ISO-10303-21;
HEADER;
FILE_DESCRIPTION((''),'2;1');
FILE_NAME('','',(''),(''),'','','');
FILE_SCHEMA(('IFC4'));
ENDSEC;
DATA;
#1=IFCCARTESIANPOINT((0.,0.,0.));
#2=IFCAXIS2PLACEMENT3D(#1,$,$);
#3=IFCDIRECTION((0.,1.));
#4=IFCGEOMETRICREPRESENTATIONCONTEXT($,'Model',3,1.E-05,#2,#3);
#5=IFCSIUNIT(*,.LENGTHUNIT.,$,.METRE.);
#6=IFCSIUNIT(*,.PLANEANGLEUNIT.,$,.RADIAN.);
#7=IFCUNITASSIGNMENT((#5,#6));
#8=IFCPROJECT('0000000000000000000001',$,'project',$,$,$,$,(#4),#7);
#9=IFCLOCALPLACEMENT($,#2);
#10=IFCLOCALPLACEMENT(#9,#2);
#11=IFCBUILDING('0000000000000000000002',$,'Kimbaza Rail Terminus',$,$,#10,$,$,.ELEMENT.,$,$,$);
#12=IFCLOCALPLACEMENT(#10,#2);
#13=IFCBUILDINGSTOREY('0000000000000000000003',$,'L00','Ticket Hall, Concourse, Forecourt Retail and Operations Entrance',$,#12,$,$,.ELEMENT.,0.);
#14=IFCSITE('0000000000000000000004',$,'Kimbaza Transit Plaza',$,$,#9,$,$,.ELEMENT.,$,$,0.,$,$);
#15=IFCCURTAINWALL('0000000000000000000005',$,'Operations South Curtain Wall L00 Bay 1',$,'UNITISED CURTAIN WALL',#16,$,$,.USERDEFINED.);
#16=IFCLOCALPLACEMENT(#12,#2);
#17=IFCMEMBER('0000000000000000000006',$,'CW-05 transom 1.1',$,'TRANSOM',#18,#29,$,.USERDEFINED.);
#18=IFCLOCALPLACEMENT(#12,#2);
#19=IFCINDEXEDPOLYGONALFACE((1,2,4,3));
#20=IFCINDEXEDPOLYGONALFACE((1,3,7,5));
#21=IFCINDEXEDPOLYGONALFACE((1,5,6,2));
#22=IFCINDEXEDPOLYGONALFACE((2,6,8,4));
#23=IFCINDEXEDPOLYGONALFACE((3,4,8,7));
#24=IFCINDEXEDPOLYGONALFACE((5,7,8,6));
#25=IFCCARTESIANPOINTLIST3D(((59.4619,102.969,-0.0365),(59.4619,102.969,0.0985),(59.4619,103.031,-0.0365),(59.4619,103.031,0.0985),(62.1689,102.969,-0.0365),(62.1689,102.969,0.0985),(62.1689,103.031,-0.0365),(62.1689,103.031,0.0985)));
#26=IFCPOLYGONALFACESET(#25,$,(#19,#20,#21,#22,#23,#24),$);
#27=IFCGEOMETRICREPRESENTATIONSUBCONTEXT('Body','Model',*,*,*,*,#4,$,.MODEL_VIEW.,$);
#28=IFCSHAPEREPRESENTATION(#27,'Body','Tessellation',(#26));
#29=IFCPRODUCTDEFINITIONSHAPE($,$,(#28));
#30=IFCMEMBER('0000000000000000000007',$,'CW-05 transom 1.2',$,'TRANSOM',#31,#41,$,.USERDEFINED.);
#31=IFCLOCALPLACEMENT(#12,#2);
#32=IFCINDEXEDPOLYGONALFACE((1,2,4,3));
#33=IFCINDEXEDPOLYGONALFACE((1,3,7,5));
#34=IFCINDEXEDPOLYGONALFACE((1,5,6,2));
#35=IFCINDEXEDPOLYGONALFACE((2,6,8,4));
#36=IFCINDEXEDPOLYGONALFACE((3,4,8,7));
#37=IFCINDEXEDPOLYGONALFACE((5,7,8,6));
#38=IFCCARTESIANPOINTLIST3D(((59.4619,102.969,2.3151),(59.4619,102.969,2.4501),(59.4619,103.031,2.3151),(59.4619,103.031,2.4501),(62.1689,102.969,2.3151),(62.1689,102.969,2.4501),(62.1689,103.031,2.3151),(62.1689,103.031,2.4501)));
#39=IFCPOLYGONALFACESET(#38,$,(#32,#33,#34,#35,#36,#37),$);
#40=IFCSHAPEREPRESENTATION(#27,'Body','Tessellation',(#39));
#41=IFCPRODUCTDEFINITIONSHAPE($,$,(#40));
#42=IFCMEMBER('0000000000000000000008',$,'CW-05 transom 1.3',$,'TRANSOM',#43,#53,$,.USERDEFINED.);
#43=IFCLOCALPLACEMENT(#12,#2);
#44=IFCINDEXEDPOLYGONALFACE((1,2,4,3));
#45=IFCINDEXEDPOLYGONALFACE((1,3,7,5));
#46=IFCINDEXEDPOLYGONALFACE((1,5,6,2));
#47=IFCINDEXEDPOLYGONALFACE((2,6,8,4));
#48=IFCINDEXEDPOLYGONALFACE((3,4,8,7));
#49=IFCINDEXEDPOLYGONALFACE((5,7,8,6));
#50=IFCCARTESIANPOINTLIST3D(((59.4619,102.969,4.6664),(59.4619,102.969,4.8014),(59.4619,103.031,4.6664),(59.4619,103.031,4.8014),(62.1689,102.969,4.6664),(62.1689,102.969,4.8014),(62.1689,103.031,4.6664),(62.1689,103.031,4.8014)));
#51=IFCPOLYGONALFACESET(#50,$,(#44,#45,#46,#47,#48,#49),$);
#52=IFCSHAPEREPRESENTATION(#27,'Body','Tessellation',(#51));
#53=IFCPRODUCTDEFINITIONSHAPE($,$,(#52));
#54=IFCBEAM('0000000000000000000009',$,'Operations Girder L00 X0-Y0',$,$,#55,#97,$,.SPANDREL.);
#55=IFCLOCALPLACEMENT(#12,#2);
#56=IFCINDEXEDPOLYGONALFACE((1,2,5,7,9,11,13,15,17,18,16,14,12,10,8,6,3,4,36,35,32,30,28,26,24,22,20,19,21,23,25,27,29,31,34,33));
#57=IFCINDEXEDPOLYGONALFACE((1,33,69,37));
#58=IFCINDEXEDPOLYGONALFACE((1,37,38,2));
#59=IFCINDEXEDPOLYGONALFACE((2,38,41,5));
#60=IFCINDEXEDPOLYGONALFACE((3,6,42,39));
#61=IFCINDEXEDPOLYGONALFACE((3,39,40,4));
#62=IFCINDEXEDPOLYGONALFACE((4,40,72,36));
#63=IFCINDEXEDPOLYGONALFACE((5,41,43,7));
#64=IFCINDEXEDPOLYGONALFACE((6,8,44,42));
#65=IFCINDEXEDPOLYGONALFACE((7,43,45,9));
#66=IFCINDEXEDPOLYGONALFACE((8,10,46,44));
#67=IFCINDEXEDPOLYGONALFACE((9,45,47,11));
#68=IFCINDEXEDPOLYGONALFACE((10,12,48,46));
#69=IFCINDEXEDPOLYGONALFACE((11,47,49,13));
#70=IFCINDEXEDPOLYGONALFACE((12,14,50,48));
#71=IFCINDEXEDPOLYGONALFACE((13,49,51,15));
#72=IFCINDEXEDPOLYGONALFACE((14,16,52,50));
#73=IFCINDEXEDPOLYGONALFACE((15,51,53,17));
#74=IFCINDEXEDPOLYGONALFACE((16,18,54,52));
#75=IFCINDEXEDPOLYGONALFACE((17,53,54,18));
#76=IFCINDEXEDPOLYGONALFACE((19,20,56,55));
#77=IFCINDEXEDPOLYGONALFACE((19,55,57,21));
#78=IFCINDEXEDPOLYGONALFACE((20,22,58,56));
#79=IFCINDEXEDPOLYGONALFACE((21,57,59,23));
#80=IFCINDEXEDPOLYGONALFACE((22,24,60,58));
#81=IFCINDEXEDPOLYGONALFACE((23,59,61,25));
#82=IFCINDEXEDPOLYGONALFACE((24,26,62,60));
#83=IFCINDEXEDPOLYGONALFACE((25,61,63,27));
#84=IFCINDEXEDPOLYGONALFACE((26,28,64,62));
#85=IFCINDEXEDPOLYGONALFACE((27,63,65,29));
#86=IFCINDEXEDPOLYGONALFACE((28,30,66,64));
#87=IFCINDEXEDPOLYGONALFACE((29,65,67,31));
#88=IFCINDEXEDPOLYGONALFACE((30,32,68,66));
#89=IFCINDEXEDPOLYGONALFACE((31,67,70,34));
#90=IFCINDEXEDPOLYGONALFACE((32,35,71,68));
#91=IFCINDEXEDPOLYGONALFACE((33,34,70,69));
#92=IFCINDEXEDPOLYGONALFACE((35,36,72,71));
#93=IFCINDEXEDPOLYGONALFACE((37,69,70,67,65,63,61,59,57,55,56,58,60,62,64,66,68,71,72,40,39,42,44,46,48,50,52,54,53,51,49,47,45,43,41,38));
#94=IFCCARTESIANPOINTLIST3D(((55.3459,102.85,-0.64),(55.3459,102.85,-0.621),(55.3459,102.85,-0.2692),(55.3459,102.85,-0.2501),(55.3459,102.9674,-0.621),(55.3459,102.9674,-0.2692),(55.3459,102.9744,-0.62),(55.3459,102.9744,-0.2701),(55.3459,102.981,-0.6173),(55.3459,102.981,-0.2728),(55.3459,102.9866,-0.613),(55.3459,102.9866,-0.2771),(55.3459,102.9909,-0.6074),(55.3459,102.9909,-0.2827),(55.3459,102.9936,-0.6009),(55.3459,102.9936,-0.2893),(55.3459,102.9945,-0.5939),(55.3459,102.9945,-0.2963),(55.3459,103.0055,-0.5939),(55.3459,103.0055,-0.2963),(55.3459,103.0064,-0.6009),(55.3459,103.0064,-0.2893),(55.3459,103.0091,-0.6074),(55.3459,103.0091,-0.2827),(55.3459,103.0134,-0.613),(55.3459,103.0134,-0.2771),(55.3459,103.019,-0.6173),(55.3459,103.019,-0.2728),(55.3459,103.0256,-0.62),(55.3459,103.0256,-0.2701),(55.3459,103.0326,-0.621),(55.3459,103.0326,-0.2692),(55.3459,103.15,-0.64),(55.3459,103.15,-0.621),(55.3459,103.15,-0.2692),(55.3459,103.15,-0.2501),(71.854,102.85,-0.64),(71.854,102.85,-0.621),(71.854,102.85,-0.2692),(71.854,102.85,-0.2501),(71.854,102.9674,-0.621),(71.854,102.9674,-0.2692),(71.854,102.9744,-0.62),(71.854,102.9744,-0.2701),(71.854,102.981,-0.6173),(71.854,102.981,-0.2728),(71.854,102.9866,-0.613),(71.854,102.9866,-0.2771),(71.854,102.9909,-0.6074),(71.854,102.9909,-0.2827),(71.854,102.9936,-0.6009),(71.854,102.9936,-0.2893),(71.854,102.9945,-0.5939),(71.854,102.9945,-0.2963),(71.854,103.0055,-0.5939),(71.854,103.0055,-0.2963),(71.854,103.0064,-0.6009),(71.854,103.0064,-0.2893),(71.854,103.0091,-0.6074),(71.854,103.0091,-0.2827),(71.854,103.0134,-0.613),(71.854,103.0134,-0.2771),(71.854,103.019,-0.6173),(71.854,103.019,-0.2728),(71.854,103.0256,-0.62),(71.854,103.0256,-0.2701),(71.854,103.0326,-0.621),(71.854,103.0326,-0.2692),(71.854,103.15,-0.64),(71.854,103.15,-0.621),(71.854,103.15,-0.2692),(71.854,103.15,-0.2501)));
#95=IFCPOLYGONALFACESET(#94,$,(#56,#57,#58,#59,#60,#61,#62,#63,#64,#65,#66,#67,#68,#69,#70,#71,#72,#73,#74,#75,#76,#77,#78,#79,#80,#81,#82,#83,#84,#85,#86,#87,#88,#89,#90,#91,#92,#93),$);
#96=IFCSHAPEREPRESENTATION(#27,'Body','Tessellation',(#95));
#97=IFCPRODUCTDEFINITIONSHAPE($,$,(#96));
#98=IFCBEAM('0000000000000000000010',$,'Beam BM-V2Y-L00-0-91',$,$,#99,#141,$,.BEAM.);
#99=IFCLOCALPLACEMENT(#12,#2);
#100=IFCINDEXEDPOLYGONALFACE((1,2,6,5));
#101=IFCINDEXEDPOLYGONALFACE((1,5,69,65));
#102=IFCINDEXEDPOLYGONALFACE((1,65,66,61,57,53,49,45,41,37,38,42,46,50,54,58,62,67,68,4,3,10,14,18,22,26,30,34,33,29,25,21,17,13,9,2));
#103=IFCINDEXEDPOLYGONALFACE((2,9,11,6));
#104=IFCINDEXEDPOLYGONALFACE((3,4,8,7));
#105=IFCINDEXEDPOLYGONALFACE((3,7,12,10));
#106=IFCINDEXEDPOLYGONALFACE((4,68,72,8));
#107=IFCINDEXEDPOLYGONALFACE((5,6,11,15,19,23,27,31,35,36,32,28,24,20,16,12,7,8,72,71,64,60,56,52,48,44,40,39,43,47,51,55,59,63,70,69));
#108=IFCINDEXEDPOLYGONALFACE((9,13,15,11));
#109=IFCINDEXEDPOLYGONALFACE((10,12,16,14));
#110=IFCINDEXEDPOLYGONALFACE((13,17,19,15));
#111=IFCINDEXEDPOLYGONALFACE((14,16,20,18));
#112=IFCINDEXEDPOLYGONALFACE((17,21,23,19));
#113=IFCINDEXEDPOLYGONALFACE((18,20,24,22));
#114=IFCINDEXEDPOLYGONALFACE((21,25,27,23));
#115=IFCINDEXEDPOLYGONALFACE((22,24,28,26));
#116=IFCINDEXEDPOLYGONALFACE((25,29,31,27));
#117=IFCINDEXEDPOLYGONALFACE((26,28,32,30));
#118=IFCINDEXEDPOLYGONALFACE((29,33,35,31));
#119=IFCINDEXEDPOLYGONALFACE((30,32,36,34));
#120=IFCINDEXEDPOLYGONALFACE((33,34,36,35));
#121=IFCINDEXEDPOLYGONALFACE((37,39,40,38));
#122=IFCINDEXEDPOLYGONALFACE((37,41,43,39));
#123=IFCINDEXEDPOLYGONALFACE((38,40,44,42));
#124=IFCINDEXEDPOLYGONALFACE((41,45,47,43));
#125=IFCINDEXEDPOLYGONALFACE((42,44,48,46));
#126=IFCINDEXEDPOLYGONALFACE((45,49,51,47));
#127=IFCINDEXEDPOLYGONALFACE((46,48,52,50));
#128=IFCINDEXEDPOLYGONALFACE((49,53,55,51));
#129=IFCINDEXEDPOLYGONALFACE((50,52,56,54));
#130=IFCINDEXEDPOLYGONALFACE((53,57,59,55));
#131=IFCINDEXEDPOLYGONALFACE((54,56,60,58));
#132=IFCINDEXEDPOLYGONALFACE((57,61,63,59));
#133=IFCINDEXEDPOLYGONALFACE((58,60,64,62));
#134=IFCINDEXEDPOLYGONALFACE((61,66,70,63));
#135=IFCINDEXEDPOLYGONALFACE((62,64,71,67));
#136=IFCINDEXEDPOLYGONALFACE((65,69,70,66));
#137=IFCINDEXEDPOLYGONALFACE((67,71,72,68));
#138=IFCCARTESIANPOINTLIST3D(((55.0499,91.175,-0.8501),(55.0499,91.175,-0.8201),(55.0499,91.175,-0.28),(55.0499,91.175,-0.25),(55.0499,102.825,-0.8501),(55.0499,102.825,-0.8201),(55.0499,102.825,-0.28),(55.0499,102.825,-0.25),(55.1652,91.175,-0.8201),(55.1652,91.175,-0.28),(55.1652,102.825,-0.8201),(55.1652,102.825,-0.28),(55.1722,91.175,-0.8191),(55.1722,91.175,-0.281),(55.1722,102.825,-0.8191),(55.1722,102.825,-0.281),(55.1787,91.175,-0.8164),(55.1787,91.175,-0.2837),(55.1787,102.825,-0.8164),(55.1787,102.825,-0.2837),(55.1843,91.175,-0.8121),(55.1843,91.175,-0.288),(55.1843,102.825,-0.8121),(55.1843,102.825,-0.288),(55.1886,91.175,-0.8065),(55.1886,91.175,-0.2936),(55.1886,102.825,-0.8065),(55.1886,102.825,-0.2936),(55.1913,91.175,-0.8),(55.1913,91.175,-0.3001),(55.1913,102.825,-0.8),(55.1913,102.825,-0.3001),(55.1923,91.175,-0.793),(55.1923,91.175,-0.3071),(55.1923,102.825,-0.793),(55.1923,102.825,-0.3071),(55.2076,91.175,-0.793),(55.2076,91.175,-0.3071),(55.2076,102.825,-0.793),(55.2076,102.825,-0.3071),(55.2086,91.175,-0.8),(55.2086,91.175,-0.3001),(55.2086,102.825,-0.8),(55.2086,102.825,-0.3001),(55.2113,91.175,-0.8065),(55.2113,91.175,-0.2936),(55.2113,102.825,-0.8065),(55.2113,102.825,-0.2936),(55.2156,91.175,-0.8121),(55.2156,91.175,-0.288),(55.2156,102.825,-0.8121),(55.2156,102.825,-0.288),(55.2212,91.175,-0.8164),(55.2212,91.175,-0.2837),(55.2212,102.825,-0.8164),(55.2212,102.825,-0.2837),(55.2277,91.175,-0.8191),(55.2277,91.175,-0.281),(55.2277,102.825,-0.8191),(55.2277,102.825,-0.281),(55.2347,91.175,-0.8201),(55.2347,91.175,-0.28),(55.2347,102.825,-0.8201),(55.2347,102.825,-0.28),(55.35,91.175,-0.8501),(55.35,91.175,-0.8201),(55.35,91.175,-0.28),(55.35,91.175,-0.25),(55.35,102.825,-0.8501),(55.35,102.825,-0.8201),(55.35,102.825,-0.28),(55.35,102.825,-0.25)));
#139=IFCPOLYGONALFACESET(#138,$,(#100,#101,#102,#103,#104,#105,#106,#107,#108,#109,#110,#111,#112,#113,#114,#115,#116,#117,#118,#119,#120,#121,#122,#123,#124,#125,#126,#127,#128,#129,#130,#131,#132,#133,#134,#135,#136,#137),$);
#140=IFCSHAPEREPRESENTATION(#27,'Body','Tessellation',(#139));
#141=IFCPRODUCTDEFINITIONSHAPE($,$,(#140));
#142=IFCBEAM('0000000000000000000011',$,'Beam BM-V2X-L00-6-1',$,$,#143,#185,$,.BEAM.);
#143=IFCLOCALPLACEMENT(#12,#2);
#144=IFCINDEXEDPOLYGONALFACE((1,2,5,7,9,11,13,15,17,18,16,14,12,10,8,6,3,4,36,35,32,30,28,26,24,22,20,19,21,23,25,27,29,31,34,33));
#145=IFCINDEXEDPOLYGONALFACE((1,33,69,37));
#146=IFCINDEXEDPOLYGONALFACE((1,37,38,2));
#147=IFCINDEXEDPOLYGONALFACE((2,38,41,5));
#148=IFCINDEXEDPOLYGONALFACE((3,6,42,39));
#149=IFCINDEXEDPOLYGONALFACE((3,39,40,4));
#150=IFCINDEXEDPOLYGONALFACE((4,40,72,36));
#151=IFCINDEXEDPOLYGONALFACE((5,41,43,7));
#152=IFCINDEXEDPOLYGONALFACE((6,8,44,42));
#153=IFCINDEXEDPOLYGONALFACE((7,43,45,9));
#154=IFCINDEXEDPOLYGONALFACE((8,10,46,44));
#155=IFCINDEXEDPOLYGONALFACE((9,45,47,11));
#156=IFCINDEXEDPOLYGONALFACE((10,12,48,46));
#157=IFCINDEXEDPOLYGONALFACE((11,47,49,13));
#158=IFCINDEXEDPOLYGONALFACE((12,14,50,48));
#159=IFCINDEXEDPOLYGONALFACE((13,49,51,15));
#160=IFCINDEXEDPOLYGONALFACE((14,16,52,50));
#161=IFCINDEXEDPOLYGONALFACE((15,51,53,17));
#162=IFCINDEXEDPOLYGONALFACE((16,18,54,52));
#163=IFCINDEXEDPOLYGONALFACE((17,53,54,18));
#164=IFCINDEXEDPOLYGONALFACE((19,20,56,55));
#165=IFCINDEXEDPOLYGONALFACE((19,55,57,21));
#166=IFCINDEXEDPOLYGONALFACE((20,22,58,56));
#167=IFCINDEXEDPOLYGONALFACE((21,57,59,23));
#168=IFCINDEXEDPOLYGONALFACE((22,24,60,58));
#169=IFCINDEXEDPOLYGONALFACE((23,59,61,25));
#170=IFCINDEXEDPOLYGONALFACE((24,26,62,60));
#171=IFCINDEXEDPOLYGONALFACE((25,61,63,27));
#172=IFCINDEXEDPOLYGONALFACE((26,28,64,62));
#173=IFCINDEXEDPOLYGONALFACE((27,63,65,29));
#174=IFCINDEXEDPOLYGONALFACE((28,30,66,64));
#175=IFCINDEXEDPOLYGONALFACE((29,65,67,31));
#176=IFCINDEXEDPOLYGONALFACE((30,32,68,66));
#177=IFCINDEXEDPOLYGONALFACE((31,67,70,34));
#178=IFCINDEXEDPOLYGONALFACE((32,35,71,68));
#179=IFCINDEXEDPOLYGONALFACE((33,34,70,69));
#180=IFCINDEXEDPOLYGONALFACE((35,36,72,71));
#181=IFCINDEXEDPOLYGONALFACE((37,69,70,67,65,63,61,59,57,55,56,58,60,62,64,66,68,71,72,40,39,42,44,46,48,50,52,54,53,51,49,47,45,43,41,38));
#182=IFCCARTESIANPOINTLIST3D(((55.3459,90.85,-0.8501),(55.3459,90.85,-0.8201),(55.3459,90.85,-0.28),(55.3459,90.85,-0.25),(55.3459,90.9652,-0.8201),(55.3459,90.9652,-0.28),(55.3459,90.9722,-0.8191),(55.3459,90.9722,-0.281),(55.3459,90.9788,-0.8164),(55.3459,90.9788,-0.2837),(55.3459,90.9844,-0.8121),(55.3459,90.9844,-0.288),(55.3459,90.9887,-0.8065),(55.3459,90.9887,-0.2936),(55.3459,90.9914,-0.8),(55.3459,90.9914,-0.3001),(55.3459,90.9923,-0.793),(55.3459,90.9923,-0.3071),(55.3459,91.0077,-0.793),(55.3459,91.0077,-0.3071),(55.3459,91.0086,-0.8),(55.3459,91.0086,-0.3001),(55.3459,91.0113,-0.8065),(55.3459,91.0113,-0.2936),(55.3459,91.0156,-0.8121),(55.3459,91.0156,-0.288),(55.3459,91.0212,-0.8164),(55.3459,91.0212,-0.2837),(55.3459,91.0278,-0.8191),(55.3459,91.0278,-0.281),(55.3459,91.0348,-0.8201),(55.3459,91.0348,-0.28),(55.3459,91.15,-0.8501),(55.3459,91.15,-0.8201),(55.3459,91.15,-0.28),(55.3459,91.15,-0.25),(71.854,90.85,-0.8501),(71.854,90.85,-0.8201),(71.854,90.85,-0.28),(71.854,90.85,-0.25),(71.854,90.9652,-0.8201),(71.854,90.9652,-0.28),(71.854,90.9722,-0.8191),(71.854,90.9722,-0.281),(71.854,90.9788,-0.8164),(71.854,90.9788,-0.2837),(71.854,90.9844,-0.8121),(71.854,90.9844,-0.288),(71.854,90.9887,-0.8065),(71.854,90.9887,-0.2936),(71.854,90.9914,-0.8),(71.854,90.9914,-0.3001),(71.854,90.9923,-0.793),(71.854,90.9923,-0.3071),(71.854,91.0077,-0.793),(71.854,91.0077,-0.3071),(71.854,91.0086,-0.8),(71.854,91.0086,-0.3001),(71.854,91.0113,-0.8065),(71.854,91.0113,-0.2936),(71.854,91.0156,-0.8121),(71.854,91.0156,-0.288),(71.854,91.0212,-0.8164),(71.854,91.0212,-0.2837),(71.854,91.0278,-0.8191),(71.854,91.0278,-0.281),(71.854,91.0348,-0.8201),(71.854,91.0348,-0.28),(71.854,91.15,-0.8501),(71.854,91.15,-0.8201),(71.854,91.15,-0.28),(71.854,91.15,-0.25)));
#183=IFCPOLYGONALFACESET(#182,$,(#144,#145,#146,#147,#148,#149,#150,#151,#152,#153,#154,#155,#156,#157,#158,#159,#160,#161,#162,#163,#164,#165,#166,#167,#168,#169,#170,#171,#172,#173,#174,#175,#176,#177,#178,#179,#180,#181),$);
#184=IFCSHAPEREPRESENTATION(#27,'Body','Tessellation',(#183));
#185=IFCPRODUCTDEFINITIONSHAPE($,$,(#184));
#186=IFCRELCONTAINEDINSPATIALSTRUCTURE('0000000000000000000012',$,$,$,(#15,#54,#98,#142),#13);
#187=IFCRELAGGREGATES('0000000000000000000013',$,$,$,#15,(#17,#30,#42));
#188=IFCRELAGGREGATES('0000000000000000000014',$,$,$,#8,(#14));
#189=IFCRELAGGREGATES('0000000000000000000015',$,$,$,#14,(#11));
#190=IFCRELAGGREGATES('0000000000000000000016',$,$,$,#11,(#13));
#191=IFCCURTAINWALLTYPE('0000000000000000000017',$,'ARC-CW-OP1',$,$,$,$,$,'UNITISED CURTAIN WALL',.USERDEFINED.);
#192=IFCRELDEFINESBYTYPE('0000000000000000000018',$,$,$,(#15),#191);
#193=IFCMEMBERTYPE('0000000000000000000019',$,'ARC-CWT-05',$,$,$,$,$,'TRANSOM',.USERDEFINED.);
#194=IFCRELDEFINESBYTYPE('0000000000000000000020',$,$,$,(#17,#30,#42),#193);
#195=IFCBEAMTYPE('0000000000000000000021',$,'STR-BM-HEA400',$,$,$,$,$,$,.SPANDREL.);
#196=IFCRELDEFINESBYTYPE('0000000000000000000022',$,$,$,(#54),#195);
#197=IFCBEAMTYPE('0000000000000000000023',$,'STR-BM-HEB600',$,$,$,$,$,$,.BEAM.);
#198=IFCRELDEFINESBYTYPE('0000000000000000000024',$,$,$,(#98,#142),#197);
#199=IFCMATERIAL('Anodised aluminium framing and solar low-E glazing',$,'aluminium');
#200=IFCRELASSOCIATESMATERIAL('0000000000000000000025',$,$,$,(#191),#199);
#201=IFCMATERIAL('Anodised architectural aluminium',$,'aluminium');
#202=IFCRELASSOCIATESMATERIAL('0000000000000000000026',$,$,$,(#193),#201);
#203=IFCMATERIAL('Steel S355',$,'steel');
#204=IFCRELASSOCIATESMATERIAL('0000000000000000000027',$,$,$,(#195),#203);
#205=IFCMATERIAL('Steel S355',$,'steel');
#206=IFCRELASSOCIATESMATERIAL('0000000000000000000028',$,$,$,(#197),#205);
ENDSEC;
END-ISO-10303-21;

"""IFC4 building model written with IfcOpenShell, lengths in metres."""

from ifc_helpers import new_model, si_unit, direction, frame, origin, origin_2d, place, context, subcontext, project, spatial, rectangle, i_section, extrude, material, material_profile, profile_set, type_object, element, aggregate, save


model = new_model("IFC4")

# Units and contexts
model_context = context("Model", 3, precision=1e-05, world=origin(), true_north=direction((0.0, 1.0)))
body_context = subcontext(model_context, "Body", "Model", "MODEL_VIEW")
ifc_project = project(units=[si_unit("LENGTHUNIT", "METRE"), si_unit("PLANEANGLEUNIT", "RADIAN")], contexts=[model_context])

# Site, building, storey
site_placement = place(None, origin())
site = spatial("IfcSite", under=ifc_project, at=site_placement, Name="Kimbaza Transit Plaza", CompositionType="ELEMENT", RefElevation=0.0)
building_placement = place(site_placement, origin())
building = spatial("IfcBuilding", under=site, at=building_placement, Name="Kimbaza Rail Terminus", CompositionType="ELEMENT")
storey_placement = place(building_placement, origin())
storey = spatial("IfcBuildingStorey", under=building, at=storey_placement, Name="L00", Description="Ticket Hall, Concourse, Forecourt Retail and Operations Entrance", CompositionType="ELEMENT", Elevation=0.0)

# Curtain wall
ifc_material_1 = material(Name="Anodised aluminium framing and solar low-E glazing", Category="aluminium")
curtain_wall_type_1 = type_object("IfcCurtainWallType", Name="ARC-CW-OP1", ElementType="UNITISED CURTAIN WALL", PredefinedType="USERDEFINED", material=ifc_material_1)
curtain_wall_1_placement = place(storey_placement, origin())
curtain_wall_1 = element("IfcCurtainWall", 1, at=curtain_wall_1_placement, inside=storey, type_object=curtain_wall_type_1, Name="Operations South Curtain Wall L00 Bay 1", ObjectType="UNITISED CURTAIN WALL", PredefinedType="USERDEFINED")

# Members
ifc_material_2 = material(Name="Anodised architectural aluminium", Category="aluminium")
ifc_material_profile_1 = material_profile(ifc_material_2, rectangle(XDim=0.062, YDim=0.135, at=origin_2d()), Name="TRANSOM 62x135")
ifc_profile_set_1 = profile_set([ifc_material_profile_1], Name="Anodised architectural aluminium")
member_type_1 = type_object("IfcMemberType", Name="ARC-CWT-05", ElementType="TRANSOM", PredefinedType="USERDEFINED", material=ifc_profile_set_1)
member_1_placement = place(storey_placement, frame((59.4619, 103.0, 0.031), z_axis=(1.0, 0.0, 0.0), x_axis=(0.0, 1.0, 0.0)))
member_1 = element("IfcMember", 2, at=member_1_placement, type_object=member_type_1, Name="CW-05 transom 1.1", ObjectType="TRANSOM", PredefinedType="USERDEFINED", context=body_context, shape_type="SweptSolid", body=[
    extrude(rectangle(XDim=0.062, YDim=0.135, at=origin_2d()), origin(), (0.0, 0.0, 1.0), 2.707),
])
member_2_placement = place(storey_placement, frame((59.4619, 103.0, 2.3826), z_axis=(1.0, 0.0, 0.0), x_axis=(0.0, 1.0, 0.0)))
member_2 = element("IfcMember", 3, at=member_2_placement, type_object=member_type_1, Name="CW-05 transom 1.2", ObjectType="TRANSOM", PredefinedType="USERDEFINED", context=body_context, shape_type="SweptSolid", body=[
    extrude(rectangle(XDim=0.062, YDim=0.135, at=origin_2d()), origin(), (0.0, 0.0, 1.0), 2.707),
])
member_3_placement = place(storey_placement, frame((59.4619, 103.0, 4.7339), z_axis=(1.0, 0.0, 0.0), x_axis=(0.0, 1.0, 0.0)))
member_3 = element("IfcMember", 4, at=member_3_placement, type_object=member_type_1, Name="CW-05 transom 1.3", ObjectType="TRANSOM", PredefinedType="USERDEFINED", context=body_context, shape_type="SweptSolid", body=[
    extrude(rectangle(XDim=0.062, YDim=0.135, at=origin_2d()), origin(), (0.0, 0.0, 1.0), 2.707),
])

# Beams
ifc_material_3 = material(Name="Steel S355", Category="steel")
ifc_material_profile_2 = material_profile(ifc_material_3, i_section(OverallWidth=0.3, OverallDepth=0.3899, WebThickness=0.011, FlangeThickness=0.019, FilletRadius=0.0271, at=origin_2d()), Name="HEA 400")
ifc_profile_set_2 = profile_set([ifc_material_profile_2], Name="Steel S355")
beam_type_1 = type_object("IfcBeamType", Name="STR-BM-HEA400", PredefinedType="SPANDREL", material=ifc_profile_set_2)
beam_1_placement = place(storey_placement, frame((55.3459, 103.0, -0.4451), z_axis=(1.0, 0.0, 0.0), x_axis=(0.0, 1.0, 0.0)))
element("IfcBeam", 5, at=beam_1_placement, inside=storey, type_object=beam_type_1, Name="Operations Girder L00 X0-Y0", PredefinedType="SPANDREL", context=body_context, shape_type="SweptSolid", body=[
    extrude(i_section(OverallWidth=0.3, OverallDepth=0.3899, WebThickness=0.011, FlangeThickness=0.019, FilletRadius=0.0271, at=origin_2d()), origin(), (0.0, 0.0, 1.0), 16.5081),
])
ifc_material_4 = material(Name="Steel S355", Category="steel")
ifc_material_profile_3 = material_profile(ifc_material_4, i_section(OverallWidth=0.3, OverallDepth=0.6001, WebThickness=0.0154, FlangeThickness=0.03, FilletRadius=0.0271, at=origin_2d()), Name="HEB 600")
ifc_profile_set_3 = profile_set([ifc_material_profile_3], Name="Steel S355")
beam_type_2 = type_object("IfcBeamType", Name="STR-BM-HEB600", PredefinedType="BEAM", material=ifc_profile_set_3)
beam_2_placement = place(storey_placement, frame((55.2, 91.175, -0.55), z_axis=(0.0, 1.0, 0.0), x_axis=(-1.0, 0.0, 0.0)))
element("IfcBeam", 6, at=beam_2_placement, inside=storey, type_object=beam_type_2, Name="Beam BM-V2Y-L00-0-91", PredefinedType="BEAM", context=body_context, shape_type="SweptSolid", body=[
    extrude(i_section(OverallWidth=0.3, OverallDepth=0.6001, WebThickness=0.0154, FlangeThickness=0.03, FilletRadius=0.0271, at=origin_2d()), origin(), (0.0, 0.0, 1.0), 11.6499),
])
beam_3_placement = place(storey_placement, frame((55.3459, 91.0, -0.55), z_axis=(1.0, 0.0, 0.0), x_axis=(0.0, 1.0, 0.0)))
element("IfcBeam", 7, at=beam_3_placement, inside=storey, type_object=beam_type_2, Name="Beam BM-V2X-L00-6-1", PredefinedType="BEAM", context=body_context, shape_type="SweptSolid", body=[
    extrude(i_section(OverallWidth=0.3, OverallDepth=0.6001, WebThickness=0.0154, FlangeThickness=0.03, FilletRadius=0.0271, at=origin_2d()), origin(), (0.0, 0.0, 1.0), 16.5081),
])

aggregate(curtain_wall_1, [member_1, member_2, member_3])

save(model, "model.ifc")
